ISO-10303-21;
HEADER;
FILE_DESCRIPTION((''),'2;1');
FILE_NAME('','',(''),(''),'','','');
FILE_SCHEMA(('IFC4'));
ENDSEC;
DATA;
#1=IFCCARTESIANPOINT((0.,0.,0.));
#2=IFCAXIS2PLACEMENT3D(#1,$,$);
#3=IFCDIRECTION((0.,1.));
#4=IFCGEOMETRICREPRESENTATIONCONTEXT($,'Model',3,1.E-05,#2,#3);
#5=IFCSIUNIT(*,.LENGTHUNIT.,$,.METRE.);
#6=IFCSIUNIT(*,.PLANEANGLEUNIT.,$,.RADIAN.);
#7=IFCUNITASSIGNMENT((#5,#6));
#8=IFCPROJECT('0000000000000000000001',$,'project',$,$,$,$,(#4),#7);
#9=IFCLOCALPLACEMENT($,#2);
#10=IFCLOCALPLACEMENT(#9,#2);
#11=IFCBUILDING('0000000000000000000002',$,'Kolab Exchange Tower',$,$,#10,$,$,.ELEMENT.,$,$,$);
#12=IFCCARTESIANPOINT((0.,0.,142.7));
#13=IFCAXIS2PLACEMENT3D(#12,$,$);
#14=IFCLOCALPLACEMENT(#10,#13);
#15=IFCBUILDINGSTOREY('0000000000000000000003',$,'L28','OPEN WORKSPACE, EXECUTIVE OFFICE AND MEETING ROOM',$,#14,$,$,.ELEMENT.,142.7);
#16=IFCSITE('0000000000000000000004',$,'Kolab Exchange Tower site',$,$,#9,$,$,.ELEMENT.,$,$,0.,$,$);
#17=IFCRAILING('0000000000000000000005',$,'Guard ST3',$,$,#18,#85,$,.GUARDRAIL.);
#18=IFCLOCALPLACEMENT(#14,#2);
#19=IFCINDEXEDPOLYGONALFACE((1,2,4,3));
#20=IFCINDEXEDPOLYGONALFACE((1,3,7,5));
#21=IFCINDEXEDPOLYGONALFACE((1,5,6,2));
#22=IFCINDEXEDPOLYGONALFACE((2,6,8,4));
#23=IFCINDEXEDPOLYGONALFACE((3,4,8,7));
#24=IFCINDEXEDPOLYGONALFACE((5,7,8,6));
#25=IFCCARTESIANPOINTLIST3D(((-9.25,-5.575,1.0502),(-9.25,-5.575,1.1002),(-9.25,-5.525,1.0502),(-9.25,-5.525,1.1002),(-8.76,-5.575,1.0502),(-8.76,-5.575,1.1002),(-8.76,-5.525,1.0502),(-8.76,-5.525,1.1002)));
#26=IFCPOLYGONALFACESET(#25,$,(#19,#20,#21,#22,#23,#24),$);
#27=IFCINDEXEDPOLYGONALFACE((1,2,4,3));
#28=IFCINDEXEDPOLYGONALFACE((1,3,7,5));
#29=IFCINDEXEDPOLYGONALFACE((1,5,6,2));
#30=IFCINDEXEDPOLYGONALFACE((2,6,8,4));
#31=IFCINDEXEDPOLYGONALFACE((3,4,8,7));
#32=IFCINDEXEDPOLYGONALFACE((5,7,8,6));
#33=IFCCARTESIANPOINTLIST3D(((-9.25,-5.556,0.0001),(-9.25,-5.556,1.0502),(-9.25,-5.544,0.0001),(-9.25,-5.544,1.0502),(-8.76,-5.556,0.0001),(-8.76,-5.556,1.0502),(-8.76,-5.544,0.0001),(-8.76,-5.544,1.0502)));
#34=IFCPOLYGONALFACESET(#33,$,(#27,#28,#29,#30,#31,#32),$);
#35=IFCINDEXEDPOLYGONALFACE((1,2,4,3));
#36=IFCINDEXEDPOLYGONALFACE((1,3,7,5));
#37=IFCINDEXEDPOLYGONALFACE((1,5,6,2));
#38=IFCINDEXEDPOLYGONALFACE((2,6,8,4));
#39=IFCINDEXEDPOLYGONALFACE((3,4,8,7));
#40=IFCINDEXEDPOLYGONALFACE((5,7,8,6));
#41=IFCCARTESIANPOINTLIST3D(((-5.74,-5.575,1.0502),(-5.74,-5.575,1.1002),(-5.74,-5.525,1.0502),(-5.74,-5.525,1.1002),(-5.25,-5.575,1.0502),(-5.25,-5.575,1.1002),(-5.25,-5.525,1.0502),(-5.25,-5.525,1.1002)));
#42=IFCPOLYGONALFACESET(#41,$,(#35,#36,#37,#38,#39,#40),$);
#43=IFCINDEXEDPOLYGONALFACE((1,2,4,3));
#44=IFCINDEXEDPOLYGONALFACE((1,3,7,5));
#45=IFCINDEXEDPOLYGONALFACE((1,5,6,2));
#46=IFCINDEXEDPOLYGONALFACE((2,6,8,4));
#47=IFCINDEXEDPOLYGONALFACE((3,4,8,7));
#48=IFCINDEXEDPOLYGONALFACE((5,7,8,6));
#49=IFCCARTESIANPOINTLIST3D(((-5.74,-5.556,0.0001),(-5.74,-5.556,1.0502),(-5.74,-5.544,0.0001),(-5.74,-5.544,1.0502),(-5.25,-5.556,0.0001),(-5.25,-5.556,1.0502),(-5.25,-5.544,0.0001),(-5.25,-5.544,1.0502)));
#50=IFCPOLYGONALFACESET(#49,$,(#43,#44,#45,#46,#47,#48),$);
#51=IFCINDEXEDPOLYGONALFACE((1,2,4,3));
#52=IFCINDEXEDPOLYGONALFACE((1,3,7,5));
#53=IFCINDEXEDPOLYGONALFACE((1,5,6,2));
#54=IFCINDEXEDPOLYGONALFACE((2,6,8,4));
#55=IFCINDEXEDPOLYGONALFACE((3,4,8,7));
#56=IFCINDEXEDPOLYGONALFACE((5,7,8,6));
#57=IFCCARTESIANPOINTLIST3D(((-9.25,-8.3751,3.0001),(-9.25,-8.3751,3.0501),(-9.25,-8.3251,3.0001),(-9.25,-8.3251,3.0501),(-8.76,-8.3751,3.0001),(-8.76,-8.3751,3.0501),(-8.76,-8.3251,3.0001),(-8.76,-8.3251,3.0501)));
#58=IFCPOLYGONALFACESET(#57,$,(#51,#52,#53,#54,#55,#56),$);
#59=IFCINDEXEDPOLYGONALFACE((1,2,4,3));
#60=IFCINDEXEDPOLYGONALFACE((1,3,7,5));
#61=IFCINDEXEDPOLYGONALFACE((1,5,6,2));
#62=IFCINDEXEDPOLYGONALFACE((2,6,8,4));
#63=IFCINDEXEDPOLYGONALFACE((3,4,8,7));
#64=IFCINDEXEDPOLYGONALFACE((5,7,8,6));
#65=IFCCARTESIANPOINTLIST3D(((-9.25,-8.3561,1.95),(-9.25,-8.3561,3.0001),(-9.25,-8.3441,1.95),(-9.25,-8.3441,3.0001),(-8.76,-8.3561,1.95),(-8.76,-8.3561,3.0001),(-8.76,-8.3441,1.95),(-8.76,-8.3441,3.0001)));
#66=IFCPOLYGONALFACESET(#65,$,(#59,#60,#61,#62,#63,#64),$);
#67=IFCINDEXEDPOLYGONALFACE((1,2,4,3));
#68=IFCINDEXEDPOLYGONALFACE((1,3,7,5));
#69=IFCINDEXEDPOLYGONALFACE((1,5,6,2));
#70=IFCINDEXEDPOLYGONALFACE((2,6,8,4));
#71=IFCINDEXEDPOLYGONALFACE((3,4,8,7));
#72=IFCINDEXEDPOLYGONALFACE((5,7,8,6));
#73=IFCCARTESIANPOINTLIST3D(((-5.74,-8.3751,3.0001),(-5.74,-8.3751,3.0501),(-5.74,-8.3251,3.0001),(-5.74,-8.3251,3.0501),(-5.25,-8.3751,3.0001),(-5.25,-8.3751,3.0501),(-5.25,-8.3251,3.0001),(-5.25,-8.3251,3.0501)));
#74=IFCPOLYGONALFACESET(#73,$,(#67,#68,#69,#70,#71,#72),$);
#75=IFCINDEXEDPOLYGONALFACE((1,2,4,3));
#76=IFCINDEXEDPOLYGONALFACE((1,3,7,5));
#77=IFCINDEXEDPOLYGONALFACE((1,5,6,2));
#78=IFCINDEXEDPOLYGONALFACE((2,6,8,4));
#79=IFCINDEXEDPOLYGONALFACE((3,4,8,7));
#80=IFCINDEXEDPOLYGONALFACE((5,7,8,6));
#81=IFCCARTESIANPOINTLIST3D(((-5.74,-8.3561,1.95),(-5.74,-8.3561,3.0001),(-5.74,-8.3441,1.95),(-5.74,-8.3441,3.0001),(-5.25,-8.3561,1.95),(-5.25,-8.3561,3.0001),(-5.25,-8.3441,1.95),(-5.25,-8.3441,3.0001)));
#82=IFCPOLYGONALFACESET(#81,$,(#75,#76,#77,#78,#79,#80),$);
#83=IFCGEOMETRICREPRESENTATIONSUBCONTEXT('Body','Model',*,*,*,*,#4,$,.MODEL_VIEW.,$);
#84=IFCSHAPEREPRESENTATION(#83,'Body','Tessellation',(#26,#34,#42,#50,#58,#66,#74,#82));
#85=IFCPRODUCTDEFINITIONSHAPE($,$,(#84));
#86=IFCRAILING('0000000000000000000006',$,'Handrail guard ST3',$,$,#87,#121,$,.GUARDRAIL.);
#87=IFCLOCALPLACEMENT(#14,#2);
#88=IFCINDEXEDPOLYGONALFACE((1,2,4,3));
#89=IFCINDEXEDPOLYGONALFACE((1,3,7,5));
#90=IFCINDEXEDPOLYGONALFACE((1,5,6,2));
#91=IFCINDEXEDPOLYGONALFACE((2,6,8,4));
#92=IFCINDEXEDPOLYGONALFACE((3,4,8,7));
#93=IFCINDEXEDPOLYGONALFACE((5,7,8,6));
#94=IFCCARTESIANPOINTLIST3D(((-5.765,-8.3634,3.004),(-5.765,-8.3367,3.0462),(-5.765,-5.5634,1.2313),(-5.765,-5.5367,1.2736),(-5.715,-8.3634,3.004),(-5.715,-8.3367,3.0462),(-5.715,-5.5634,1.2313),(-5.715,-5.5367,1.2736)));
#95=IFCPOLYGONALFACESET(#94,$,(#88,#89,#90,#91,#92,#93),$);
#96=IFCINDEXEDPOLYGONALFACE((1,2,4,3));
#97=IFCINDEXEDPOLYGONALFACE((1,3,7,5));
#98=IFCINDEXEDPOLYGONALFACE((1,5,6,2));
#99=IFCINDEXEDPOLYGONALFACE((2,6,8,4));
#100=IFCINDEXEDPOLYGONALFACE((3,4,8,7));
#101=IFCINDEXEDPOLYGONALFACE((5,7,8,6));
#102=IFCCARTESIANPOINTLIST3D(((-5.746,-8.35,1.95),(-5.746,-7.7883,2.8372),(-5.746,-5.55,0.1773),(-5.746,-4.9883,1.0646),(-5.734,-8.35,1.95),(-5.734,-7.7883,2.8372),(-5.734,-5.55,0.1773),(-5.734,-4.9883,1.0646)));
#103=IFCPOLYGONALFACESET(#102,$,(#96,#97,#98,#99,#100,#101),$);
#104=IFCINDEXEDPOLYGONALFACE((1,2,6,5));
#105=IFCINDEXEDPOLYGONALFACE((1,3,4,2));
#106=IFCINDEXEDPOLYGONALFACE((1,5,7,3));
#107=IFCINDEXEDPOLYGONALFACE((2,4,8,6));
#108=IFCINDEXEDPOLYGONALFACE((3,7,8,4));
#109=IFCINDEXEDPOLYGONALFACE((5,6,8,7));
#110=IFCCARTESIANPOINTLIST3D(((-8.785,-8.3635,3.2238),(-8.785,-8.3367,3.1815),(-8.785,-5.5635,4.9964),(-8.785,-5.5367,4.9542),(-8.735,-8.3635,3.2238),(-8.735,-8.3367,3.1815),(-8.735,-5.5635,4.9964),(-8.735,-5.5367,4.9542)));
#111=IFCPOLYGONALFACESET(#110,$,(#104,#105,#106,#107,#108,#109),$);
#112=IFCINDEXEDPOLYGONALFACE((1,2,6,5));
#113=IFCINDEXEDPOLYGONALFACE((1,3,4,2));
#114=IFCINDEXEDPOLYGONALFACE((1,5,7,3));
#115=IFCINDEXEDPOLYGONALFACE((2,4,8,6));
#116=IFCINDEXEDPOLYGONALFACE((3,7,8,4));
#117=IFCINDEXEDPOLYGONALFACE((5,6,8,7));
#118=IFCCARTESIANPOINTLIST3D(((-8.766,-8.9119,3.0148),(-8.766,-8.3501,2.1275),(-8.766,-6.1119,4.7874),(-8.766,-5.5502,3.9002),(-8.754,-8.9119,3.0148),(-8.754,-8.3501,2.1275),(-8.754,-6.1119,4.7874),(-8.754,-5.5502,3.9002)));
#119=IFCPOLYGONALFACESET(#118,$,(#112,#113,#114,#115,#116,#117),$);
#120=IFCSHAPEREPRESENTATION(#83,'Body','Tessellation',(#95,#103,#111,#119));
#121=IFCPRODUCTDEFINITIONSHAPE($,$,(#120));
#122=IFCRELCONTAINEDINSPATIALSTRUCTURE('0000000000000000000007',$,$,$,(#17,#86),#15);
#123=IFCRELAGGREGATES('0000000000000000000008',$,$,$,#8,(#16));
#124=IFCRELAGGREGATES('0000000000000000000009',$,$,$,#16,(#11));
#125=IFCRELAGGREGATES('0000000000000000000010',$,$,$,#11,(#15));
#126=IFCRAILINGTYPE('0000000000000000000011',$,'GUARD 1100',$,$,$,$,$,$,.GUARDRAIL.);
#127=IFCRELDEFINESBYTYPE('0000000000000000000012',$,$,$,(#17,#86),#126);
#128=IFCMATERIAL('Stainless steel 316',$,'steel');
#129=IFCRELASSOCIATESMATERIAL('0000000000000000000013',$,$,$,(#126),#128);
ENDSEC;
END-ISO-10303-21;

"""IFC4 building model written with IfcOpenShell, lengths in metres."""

from ifc_helpers import new_model, si_unit, direction, frame, frame_2d, origin, origin_2d, place, context, subcontext, project, spatial, rectangle, extrude, material, type_object, element, save


model = new_model("IFC4")

# Units and contexts
model_context = context("Model", 3, precision=1e-05, world=origin(), true_north=direction((0.0, 1.0)))
body_context = subcontext(model_context, "Body", "Model", "MODEL_VIEW")
ifc_project = project(units=[si_unit("LENGTHUNIT", "METRE"), si_unit("PLANEANGLEUNIT", "RADIAN")], contexts=[model_context])

# Site, building, storey
site_placement = place(None, origin())
site = spatial("IfcSite", under=ifc_project, at=site_placement, Name="Kolab Exchange Tower site", CompositionType="ELEMENT", RefElevation=0.0)
building_placement = place(site_placement, origin())
building = spatial("IfcBuilding", under=site, at=building_placement, Name="Kolab Exchange Tower", CompositionType="ELEMENT")
storey_placement = place(building_placement, frame((0.0, 0.0, 142.7)))
storey = spatial("IfcBuildingStorey", under=building, at=storey_placement, Name="L28", Description="OPEN WORKSPACE, EXECUTIVE OFFICE AND MEETING ROOM", CompositionType="ELEMENT", Elevation=142.7)

# Shared definitions
ifc_material_1 = material(Name="Stainless steel 316", Category="steel")

# Railings
railing_type = type_object("IfcRailingType", Name="GUARD 1100", PredefinedType="GUARDRAIL", material=ifc_material_1)
railing_1_placement = place(storey_placement, frame((-9.25, -5.55, 0.0)))
element("IfcRailing", 1, at=railing_1_placement, inside=storey, type_object=railing_type, Name="Guard ST3", PredefinedType="GUARDRAIL", context=body_context, shape_type="SweptSolid", body=[
    extrude(rectangle(XDim=0.05, YDim=0.05, at=origin_2d()), frame((0.0, 0.0, 1.0752), z_axis=(1.0, 0.0, 0.0), x_axis=(0.0, 1.0, 0.0)), (0.0, 0.0, 1.0), 0.49),
    extrude(rectangle(XDim=0.012, YDim=1.0501, at=frame_2d((0.0, 0.5251))), frame((0.0, 0.0, 0.0), z_axis=(1.0, 0.0, 0.0), x_axis=(0.0, 1.0, 0.0)), (0.0, 0.0, 1.0), 0.49),
    extrude(rectangle(XDim=0.05, YDim=0.05, at=origin_2d()), frame((3.51, 0.0, 1.0752), z_axis=(1.0, 0.0, 0.0), x_axis=(0.0, 1.0, 0.0)), (0.0, 0.0, 1.0), 0.49),
    extrude(rectangle(XDim=0.012, YDim=1.0501, at=frame_2d((0.0, 0.5251))), frame((3.51, 0.0, 0.0), z_axis=(1.0, 0.0, 0.0), x_axis=(0.0, 1.0, 0.0)), (0.0, 0.0, 1.0), 0.49),
    extrude(rectangle(XDim=0.05, YDim=0.05, at=origin_2d()), frame((0.0, -2.8, 3.0251), z_axis=(1.0, 0.0, 0.0), x_axis=(0.0, 1.0, 0.0)), (0.0, 0.0, 1.0), 0.49),
    extrude(rectangle(XDim=0.012, YDim=1.0501, at=frame_2d((0.0, 0.5251))), frame((0.0, -2.8, 1.95), z_axis=(1.0, 0.0, 0.0), x_axis=(0.0, 1.0, 0.0)), (0.0, 0.0, 1.0), 0.49),
    extrude(rectangle(XDim=0.05, YDim=0.05, at=origin_2d()), frame((3.51, -2.8, 3.0251), z_axis=(1.0, 0.0, 0.0), x_axis=(0.0, 1.0, 0.0)), (0.0, 0.0, 1.0), 0.49),
    extrude(rectangle(XDim=0.012, YDim=1.0501, at=frame_2d((0.0, 0.5251))), frame((3.51, -2.8, 1.95), z_axis=(1.0, 0.0, 0.0), x_axis=(0.0, 1.0, 0.0)), (0.0, 0.0, 1.0), 0.49),
])
railing_2_placement = place(storey_placement, frame((-5.74, -5.55, 0.1772)))
element("IfcRailing", 2, at=railing_2_placement, inside=storey, type_object=railing_type, Name="Handrail guard ST3", PredefinedType="GUARDRAIL", context=body_context, shape_type="SweptSolid", body=[
    extrude(rectangle(XDim=0.05, YDim=0.05, at=origin_2d()), frame((0.0, 0.0, 1.0752), z_axis=(0.0, -0.844909, 0.53491), x_axis=(1.0, 0.0, 0.0)), (0.0, 0.0, 1.0), 3.314),
    extrude(rectangle(XDim=0.012, YDim=1.0501, at=frame_2d((0.0, 0.5251))), frame((0.0, 0.0, 0.0), z_axis=(0.0, -0.844909, 0.53491), x_axis=(1.0, 0.0, 0.0)), (0.0, 0.0, 1.0), 3.314),
    extrude(rectangle(XDim=0.05, YDim=0.05, at=origin_2d()), frame((-3.02, -2.8, 3.0254), z_axis=(0.0, 0.844909, 0.53491), x_axis=(-1.0, 0.0, 0.0)), (0.0, 0.0, 1.0), 3.314),
    extrude(rectangle(XDim=0.012, YDim=1.0501, at=frame_2d((0.0, 0.5251))), frame((-3.02, -2.8, 1.9502), z_axis=(0.0, 0.844909, 0.53491), x_axis=(-1.0, 0.0, 0.0)), (0.0, 0.0, 1.0), 3.314),
])

save(model, "model.ifc")
